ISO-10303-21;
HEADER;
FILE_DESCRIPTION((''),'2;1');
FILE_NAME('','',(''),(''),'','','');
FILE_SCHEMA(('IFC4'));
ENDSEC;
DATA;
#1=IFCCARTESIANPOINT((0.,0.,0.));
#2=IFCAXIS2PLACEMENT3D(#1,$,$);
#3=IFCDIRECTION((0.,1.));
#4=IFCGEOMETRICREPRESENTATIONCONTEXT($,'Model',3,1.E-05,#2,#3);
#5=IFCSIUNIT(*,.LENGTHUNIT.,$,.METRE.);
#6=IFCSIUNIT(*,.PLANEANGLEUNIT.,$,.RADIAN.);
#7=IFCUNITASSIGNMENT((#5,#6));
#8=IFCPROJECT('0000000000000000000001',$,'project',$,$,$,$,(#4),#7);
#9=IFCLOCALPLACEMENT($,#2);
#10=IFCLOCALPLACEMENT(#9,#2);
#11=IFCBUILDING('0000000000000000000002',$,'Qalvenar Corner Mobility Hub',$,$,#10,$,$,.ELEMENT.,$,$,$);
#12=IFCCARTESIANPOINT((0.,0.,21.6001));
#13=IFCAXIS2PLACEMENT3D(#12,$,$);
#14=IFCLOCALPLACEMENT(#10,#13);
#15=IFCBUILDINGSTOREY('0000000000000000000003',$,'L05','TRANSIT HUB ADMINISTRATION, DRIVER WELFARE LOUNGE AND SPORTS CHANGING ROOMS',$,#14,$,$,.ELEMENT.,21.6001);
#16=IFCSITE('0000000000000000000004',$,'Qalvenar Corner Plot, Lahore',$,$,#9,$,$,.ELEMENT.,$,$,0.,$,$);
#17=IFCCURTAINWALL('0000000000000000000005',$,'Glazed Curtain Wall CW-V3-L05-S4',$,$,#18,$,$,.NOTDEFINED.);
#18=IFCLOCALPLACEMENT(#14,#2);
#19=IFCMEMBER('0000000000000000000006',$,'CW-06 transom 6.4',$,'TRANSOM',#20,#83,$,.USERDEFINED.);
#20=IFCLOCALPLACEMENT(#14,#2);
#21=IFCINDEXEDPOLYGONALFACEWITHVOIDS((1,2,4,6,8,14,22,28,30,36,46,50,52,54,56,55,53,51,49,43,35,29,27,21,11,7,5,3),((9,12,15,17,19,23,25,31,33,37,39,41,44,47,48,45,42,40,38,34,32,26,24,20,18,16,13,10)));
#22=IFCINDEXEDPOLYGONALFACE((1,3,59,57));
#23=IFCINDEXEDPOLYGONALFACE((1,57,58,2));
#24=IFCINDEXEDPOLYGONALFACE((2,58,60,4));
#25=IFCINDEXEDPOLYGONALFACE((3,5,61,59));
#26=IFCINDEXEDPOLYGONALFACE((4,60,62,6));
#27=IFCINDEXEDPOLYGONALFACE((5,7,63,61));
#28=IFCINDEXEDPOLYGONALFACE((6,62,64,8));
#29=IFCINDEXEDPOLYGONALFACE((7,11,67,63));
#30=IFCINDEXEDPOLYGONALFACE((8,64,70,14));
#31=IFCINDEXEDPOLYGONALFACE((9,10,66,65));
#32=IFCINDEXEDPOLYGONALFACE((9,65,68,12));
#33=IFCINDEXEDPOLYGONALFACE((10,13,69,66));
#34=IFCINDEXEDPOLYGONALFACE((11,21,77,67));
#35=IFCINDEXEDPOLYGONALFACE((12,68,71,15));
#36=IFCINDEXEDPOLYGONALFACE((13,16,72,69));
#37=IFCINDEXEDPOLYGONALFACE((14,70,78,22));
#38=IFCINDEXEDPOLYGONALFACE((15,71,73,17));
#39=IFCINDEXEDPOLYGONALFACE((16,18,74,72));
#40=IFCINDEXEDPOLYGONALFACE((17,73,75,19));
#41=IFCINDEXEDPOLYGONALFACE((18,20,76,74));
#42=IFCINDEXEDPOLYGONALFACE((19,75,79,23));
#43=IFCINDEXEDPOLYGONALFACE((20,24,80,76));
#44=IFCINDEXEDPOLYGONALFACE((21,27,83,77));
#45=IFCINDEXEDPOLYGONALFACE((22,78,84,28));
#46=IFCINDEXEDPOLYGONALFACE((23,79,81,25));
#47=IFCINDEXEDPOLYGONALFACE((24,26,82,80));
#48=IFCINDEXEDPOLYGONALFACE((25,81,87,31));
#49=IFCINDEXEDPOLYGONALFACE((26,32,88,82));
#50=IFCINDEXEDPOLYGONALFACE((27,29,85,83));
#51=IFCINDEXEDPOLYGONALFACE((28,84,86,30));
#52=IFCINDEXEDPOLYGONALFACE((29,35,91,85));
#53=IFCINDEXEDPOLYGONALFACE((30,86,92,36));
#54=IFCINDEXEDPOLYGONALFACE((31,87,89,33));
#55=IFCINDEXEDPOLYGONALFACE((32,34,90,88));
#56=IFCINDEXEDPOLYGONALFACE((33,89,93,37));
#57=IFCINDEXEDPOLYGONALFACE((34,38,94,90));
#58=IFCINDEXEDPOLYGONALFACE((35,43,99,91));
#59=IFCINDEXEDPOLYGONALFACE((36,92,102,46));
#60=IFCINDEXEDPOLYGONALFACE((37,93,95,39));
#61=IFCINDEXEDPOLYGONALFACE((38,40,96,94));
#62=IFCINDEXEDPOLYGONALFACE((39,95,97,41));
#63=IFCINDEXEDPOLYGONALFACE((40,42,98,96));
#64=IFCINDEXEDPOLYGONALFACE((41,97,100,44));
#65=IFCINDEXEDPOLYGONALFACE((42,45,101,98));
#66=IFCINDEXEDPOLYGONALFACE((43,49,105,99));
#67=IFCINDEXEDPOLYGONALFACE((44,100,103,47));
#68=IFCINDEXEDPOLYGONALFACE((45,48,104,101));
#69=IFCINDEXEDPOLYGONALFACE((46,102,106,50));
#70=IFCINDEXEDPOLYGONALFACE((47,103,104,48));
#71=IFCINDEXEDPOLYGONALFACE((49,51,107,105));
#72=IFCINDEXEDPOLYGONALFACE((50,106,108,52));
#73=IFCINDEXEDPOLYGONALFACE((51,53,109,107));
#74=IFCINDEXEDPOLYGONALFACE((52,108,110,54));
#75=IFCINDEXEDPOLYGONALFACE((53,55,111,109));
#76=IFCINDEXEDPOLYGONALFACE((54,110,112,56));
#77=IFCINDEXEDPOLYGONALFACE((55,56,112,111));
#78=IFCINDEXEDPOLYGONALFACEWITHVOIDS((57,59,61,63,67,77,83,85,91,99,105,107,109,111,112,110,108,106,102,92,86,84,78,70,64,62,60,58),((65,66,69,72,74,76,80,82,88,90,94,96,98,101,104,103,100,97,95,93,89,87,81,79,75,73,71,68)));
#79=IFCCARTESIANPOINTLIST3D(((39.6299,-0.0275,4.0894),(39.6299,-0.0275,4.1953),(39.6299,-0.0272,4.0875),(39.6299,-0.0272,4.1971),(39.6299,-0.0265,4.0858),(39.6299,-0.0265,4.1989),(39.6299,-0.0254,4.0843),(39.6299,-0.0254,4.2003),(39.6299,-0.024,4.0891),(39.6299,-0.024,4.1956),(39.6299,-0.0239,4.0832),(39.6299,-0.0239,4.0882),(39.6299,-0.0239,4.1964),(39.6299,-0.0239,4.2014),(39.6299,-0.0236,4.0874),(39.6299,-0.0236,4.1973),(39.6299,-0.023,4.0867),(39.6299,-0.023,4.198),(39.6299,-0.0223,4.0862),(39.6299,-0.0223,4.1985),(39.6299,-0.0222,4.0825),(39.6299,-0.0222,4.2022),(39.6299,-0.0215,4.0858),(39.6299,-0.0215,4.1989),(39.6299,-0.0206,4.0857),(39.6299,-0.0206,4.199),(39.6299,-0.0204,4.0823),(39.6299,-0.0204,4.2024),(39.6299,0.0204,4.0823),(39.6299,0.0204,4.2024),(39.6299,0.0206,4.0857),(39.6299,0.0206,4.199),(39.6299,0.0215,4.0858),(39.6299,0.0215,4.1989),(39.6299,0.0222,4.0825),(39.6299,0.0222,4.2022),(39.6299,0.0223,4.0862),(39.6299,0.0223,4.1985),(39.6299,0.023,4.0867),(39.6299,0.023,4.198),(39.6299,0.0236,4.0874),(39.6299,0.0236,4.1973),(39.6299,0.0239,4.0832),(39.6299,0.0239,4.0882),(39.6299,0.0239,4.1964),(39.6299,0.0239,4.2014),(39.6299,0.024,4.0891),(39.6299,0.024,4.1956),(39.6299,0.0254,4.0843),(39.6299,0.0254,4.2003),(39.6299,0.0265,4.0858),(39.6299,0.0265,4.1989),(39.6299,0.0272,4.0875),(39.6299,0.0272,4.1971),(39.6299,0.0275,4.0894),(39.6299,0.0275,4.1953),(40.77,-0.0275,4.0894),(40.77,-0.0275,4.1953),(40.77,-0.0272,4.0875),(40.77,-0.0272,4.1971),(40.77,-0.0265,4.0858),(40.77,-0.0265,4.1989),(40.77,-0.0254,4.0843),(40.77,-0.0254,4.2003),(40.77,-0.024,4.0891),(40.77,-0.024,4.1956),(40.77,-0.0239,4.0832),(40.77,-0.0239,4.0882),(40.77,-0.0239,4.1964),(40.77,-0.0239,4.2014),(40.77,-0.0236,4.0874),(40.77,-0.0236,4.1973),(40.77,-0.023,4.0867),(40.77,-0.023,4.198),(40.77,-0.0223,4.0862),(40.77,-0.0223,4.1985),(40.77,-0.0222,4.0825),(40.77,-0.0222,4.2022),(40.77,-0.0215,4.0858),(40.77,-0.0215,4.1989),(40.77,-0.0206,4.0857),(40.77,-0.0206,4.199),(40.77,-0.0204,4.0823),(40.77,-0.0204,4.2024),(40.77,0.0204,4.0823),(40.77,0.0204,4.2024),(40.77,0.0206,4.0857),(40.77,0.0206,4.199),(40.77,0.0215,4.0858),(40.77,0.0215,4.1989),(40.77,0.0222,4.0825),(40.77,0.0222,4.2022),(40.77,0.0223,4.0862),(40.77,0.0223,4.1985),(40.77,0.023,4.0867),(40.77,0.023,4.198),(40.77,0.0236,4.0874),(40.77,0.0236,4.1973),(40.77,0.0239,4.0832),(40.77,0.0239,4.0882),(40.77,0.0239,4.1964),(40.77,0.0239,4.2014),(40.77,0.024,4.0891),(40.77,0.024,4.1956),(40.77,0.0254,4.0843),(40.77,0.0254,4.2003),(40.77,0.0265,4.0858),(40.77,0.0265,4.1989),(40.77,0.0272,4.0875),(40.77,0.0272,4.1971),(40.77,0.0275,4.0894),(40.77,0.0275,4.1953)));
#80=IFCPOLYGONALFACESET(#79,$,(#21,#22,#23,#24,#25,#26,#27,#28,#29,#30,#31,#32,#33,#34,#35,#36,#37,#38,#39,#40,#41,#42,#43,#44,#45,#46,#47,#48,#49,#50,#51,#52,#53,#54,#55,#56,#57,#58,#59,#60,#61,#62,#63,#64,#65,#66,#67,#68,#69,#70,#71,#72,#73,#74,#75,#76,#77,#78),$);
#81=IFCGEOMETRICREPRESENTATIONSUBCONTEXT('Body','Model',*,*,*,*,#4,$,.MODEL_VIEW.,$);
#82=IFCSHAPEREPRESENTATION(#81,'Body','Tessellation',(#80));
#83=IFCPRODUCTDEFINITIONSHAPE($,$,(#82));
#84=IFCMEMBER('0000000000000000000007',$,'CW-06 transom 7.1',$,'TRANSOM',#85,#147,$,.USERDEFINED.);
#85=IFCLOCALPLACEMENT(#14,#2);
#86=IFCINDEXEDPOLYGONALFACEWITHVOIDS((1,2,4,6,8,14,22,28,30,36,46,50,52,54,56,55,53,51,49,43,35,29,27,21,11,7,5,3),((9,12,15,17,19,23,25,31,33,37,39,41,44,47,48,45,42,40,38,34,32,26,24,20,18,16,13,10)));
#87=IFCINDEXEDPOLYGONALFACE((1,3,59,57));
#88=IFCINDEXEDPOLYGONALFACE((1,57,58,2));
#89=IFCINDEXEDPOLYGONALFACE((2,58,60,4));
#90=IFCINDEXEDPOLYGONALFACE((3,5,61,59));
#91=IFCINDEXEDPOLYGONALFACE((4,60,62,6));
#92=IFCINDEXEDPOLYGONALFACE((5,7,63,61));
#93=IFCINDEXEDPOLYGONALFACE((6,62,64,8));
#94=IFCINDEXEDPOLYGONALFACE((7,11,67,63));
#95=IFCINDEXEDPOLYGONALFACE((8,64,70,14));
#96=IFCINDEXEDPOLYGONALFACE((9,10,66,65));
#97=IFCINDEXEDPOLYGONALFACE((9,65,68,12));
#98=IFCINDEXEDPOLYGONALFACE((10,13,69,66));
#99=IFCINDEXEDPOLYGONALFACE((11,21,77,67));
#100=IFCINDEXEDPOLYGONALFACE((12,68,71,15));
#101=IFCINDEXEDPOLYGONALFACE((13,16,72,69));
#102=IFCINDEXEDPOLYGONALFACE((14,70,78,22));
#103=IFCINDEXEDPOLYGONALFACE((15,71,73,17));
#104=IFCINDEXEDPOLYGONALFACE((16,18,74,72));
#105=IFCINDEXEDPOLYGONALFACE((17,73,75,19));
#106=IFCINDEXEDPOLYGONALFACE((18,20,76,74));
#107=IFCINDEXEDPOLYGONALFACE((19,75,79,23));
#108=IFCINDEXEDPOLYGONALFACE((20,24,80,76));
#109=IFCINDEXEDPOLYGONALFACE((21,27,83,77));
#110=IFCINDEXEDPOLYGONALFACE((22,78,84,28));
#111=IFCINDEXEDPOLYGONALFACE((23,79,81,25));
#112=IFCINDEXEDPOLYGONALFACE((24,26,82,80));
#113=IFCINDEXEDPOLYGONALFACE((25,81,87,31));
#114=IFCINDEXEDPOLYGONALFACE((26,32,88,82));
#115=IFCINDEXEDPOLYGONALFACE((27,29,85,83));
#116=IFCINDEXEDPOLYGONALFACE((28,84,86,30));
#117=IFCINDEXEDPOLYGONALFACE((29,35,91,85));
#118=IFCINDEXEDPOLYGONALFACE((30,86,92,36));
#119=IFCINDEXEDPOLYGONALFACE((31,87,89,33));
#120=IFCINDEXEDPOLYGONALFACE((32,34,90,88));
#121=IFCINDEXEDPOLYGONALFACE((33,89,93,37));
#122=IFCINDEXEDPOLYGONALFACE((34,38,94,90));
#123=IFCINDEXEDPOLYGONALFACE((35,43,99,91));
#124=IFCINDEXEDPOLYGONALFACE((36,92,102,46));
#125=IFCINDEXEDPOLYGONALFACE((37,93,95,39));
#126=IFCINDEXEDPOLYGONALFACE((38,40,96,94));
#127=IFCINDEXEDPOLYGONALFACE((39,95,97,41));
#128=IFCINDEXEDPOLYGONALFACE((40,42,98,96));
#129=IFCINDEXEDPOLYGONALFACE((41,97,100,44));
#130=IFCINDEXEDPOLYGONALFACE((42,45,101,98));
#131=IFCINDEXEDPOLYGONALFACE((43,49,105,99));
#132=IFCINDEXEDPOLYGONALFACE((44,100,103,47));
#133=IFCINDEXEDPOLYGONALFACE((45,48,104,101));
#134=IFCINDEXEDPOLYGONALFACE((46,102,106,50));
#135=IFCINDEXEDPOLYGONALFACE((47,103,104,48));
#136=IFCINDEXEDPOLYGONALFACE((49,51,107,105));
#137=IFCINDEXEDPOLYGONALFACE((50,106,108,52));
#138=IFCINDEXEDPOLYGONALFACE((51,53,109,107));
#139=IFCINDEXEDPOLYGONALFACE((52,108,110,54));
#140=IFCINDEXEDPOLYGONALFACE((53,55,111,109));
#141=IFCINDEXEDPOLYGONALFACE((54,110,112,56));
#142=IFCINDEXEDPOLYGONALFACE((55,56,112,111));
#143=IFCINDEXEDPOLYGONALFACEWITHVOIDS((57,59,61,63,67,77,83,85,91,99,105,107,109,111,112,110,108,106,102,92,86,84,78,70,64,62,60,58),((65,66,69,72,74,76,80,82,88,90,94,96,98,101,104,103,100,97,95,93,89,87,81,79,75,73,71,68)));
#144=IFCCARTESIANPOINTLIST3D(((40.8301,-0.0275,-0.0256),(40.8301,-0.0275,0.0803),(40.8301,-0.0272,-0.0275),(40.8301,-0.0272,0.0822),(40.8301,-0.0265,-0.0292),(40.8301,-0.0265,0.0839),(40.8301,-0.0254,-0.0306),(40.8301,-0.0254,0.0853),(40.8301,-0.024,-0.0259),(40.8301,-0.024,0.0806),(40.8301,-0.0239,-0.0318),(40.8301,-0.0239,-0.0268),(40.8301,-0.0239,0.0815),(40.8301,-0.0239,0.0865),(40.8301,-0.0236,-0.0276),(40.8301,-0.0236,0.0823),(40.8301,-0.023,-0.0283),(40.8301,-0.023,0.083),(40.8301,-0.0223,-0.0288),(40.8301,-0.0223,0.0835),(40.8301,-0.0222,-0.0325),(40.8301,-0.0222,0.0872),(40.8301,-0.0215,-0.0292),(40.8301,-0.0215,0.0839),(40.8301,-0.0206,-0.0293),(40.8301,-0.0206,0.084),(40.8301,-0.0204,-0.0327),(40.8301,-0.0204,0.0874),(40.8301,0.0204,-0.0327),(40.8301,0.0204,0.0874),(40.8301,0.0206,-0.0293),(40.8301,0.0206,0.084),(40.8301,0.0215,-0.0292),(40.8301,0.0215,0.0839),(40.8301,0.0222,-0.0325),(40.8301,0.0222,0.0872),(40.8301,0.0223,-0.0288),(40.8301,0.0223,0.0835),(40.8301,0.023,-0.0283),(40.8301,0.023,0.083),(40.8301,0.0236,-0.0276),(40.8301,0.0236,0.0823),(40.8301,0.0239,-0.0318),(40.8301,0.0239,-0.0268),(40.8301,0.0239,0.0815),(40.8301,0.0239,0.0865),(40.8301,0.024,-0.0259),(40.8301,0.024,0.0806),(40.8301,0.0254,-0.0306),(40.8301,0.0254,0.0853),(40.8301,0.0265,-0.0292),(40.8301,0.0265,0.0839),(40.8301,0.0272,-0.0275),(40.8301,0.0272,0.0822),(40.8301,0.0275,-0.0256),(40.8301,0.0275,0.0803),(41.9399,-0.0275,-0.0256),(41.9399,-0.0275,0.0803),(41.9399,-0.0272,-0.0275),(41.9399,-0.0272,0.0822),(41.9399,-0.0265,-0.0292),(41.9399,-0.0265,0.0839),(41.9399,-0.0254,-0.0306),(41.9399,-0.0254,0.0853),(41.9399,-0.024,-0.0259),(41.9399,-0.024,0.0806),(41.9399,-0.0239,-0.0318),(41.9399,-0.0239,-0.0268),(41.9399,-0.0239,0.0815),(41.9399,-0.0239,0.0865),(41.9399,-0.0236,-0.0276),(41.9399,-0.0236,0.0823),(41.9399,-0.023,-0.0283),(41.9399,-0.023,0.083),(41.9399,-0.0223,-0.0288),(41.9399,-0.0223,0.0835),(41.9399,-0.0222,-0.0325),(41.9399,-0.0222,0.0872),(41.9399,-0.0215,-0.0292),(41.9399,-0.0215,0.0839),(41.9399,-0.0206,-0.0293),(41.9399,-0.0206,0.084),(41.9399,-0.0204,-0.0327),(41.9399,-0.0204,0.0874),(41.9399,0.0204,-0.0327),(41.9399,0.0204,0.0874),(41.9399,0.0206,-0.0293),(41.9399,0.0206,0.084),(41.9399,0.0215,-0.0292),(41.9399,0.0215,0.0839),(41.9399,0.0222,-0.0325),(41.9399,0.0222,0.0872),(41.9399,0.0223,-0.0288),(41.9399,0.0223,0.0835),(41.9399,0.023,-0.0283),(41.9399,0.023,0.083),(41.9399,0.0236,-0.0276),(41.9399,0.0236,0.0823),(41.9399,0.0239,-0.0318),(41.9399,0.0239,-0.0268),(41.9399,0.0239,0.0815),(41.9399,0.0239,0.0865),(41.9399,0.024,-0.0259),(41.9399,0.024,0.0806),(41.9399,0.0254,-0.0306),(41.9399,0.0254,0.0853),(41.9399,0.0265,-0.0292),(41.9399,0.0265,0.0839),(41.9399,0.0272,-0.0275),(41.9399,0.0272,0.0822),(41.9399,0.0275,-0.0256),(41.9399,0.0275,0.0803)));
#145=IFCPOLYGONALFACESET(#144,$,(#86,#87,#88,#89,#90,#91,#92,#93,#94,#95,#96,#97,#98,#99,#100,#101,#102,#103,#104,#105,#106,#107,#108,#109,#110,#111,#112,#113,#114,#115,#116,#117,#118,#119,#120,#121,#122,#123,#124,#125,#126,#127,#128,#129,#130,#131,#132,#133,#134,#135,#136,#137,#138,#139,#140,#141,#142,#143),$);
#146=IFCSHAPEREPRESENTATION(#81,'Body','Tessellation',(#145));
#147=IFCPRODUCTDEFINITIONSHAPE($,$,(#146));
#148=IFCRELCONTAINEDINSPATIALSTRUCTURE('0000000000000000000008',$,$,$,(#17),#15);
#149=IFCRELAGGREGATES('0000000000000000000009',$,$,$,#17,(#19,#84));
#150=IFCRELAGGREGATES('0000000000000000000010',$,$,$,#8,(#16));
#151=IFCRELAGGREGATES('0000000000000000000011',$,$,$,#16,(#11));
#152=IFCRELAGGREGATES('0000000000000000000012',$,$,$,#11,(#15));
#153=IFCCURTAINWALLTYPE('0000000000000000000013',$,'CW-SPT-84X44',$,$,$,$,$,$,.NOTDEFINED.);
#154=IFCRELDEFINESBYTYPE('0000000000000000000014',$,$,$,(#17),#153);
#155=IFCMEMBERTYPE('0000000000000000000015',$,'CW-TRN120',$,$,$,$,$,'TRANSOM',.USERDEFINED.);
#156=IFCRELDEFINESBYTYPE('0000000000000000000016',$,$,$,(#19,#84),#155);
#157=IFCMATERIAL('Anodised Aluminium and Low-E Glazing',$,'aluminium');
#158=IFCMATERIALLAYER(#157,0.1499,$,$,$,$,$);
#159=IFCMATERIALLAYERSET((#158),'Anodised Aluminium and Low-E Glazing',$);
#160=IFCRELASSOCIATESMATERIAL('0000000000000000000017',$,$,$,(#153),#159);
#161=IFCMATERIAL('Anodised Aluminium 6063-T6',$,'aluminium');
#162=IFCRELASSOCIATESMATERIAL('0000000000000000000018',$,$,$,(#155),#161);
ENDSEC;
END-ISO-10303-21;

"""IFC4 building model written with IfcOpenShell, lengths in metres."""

from ifc_helpers import new_model, si_unit, direction, frame, origin, origin_2d, place, context, subcontext, project, spatial, hollow_rectangle, extrude, material, layer, layer_set, material_profile, profile_set, type_object, element, aggregate, save


model = new_model("IFC4")

# Units and contexts
model_context = context("Model", 3, precision=1e-05, world=origin(), true_north=direction((0.0, 1.0)))
body_context = subcontext(model_context, "Body", "Model", "MODEL_VIEW")
ifc_project = project(units=[si_unit("LENGTHUNIT", "METRE"), si_unit("PLANEANGLEUNIT", "RADIAN")], contexts=[model_context])

# Site, building, storey
site_placement = place(None, origin())
site = spatial("IfcSite", under=ifc_project, at=site_placement, Name="Qalvenar Corner Plot, Lahore", CompositionType="ELEMENT", RefElevation=0.0)
building_placement = place(site_placement, origin())
building = spatial("IfcBuilding", under=site, at=building_placement, Name="Qalvenar Corner Mobility Hub", CompositionType="ELEMENT")
storey_placement = place(building_placement, frame((0.0, 0.0, 21.6001)))
storey = spatial("IfcBuildingStorey", under=building, at=storey_placement, Name="L05", Description="TRANSIT HUB ADMINISTRATION, DRIVER WELFARE LOUNGE AND SPORTS CHANGING ROOMS", CompositionType="ELEMENT", Elevation=21.6001)

# Curtain wall, members
ifc_material_1 = material(Name="Anodised Aluminium and Low-E Glazing", Category="aluminium")
ifc_layer_1 = layer(ifc_material_1, 0.1499)
ifc_layer_set_1 = layer_set([ifc_layer_1], Name="Anodised Aluminium and Low-E Glazing")
curtain_wall_type = type_object("IfcCurtainWallType", Name="CW-SPT-84X44", PredefinedType="NOTDEFINED", material=ifc_layer_set_1)
curtain_wall_placement = place(storey_placement, origin())
curtain_wall = element("IfcCurtainWall", 1, at=curtain_wall_placement, inside=storey, type_object=curtain_wall_type, Name="Glazed Curtain Wall CW-V3-L05-S4", PredefinedType="NOTDEFINED")
ifc_material_2 = material(Name="Anodised Aluminium 6063-T6", Category="aluminium")
ifc_material_profile_1 = material_profile(ifc_material_2, hollow_rectangle(XDim=0.0549, YDim=0.1201, WallThickness=0.0034, InnerFilletRadius=0.0034, OuterFilletRadius=0.0071, at=origin_2d()), Name="RHS120x55x3.5")
ifc_profile_set_1 = profile_set([ifc_material_profile_1], Name="Anodised Aluminium 6063-T6")
member_type_1 = type_object("IfcMemberType", Name="CW-TRN120", ElementType="TRANSOM", PredefinedType="USERDEFINED", material=ifc_profile_set_1)
member_1_placement = place(storey_placement, frame((39.6299, 0.0, 4.1423), z_axis=(1.0, 0.0, 0.0), x_axis=(0.0, 1.0, 0.0)))
member_1 = element("IfcMember", 2, at=member_1_placement, type_object=member_type_1, Name="CW-06 transom 6.4", ObjectType="TRANSOM", PredefinedType="USERDEFINED", context=body_context, shape_type="SweptSolid", body=[
    extrude(hollow_rectangle(XDim=0.0549, YDim=0.1201, WallThickness=0.0034, InnerFilletRadius=0.0034, OuterFilletRadius=0.0071, at=origin_2d()), origin(), (0.0, 0.0, 1.0), 1.1401),
])
member_2_placement = place(storey_placement, frame((40.8301, 0.0, 0.0273), z_axis=(1.0, 0.0, 0.0), x_axis=(0.0, 1.0, 0.0)))
member_2 = element("IfcMember", 3, at=member_2_placement, type_object=member_type_1, Name="CW-06 transom 7.1", ObjectType="TRANSOM", PredefinedType="USERDEFINED", context=body_context, shape_type="SweptSolid", body=[
    extrude(hollow_rectangle(XDim=0.0549, YDim=0.1201, WallThickness=0.0034, InnerFilletRadius=0.0034, OuterFilletRadius=0.0071, at=origin_2d()), origin(), (0.0, 0.0, 1.0), 1.1099),
])
aggregate(curtain_wall, [member_1, member_2])

save(model, "model.ifc")
